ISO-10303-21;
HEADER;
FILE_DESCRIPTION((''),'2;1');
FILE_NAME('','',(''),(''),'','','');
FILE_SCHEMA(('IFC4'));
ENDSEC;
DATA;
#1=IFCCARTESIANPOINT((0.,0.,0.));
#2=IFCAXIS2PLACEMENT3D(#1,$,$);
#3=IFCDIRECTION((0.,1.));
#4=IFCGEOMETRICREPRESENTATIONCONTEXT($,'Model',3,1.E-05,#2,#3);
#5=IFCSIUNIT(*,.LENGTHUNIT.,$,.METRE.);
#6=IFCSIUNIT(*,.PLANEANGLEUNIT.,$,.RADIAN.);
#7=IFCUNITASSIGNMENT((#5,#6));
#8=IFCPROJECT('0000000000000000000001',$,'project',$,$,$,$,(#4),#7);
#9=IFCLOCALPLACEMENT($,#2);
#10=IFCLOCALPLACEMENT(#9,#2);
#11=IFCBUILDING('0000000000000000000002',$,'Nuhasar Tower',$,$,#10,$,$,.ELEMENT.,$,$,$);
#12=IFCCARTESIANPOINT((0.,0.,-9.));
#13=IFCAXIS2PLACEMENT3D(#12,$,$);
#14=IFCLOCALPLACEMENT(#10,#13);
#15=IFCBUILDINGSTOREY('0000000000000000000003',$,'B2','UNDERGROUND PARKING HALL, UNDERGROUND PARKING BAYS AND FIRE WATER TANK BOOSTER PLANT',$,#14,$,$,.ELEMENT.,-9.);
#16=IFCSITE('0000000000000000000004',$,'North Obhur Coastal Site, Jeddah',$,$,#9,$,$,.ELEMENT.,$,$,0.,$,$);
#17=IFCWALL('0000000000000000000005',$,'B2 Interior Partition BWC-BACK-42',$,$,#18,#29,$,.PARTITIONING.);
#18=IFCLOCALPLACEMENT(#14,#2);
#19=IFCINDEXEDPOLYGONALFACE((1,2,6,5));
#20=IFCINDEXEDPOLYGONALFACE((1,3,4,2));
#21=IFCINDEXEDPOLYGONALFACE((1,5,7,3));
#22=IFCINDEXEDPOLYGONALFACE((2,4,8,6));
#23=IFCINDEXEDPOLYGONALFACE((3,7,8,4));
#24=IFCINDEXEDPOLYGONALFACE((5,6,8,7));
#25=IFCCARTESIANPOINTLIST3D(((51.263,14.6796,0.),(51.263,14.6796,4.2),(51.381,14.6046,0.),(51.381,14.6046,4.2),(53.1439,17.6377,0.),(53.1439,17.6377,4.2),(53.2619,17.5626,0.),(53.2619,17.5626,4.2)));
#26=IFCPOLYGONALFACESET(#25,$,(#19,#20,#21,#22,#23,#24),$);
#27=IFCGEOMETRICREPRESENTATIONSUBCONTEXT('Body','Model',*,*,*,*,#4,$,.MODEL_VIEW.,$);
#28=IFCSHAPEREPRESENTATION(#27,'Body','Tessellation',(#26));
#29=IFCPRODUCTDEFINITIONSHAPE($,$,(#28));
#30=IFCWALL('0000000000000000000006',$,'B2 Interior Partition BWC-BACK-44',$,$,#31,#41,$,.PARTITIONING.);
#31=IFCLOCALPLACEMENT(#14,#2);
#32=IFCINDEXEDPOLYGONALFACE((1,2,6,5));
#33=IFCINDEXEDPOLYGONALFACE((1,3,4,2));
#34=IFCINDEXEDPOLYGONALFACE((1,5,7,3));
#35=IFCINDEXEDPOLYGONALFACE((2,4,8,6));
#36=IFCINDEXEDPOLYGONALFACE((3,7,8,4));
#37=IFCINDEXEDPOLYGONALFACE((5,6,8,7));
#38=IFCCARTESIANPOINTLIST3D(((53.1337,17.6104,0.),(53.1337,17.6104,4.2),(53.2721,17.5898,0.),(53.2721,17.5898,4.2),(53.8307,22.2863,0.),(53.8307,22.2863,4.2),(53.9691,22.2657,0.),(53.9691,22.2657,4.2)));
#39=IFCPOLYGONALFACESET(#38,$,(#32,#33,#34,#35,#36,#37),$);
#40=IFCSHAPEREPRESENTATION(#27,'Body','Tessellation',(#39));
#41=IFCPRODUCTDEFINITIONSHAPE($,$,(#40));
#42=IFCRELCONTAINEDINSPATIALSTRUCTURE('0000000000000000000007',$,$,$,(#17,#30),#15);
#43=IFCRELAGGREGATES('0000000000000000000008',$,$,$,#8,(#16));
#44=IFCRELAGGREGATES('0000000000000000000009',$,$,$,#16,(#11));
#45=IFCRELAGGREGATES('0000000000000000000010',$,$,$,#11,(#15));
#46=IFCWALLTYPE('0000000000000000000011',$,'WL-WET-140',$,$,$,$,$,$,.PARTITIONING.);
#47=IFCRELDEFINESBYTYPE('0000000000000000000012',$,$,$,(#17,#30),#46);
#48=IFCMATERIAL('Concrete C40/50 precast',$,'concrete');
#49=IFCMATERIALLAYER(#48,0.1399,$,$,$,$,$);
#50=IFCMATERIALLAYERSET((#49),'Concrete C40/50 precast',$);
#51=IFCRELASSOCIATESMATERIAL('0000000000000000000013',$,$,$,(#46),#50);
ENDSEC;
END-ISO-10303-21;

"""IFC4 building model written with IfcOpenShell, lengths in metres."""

from ifc_helpers import new_model, si_unit, direction, frame, frame_2d, origin, place, context, subcontext, project, spatial, rectangle, extrude, material, layer, layer_set, type_object, element, save


model = new_model("IFC4")

# Units and contexts
model_context = context("Model", 3, precision=1e-05, world=origin(), true_north=direction((0.0, 1.0)))
body_context = subcontext(model_context, "Body", "Model", "MODEL_VIEW")
ifc_project = project(units=[si_unit("LENGTHUNIT", "METRE"), si_unit("PLANEANGLEUNIT", "RADIAN")], contexts=[model_context])

# Site, building, storey
site_placement = place(None, origin())
site = spatial("IfcSite", under=ifc_project, at=site_placement, Name="North Obhur Coastal Site, Jeddah", CompositionType="ELEMENT", RefElevation=0.0)
building_placement = place(site_placement, origin())
building = spatial("IfcBuilding", under=site, at=building_placement, Name="Nuhasar Tower", CompositionType="ELEMENT")
storey_placement = place(building_placement, frame((0.0, 0.0, -9.0)))
storey = spatial("IfcBuildingStorey", under=building, at=storey_placement, Name="B2", Description="UNDERGROUND PARKING HALL, UNDERGROUND PARKING BAYS AND FIRE WATER TANK BOOSTER PLANT", CompositionType="ELEMENT", Elevation=-9.0)

# Walls
ifc_material_1 = material(Name="Concrete C40/50 precast", Category="concrete")
ifc_layer_1 = layer(ifc_material_1, 0.1399)
ifc_layer_set_1 = layer_set([ifc_layer_1], Name="Concrete C40/50 precast")
wall_type_1 = type_object("IfcWallType", Name="WL-WET-140", PredefinedType="PARTITIONING", material=ifc_layer_set_1)
wall_1_placement = place(storey_placement, frame((51.322, 14.6421, 0.0), z_axis=(0.0, 0.0, 1.0), x_axis=(0.536569, 0.843856, 0.0)))
element("IfcWall", 1, at=wall_1_placement, inside=storey, type_object=wall_type_1, Name="B2 Interior Partition BWC-BACK-42", PredefinedType="PARTITIONING", context=body_context, shape_type="SweptSolid", body=[
    extrude(rectangle(XDim=3.5054, YDim=0.1399, at=frame_2d((1.7527, 0.0))), origin(), (0.0, 0.0, 1.0), 4.2),
])
wall_2_placement = place(storey_placement, frame((53.2029, 17.6001, 0.0), z_axis=(0.0, 0.0, 1.0), x_axis=(0.147441, 0.989071, 0.0)))
element("IfcWall", 2, at=wall_2_placement, inside=storey, type_object=wall_type_1, Name="B2 Interior Partition BWC-BACK-44", PredefinedType="PARTITIONING", context=body_context, shape_type="SweptSolid", body=[
    extrude(rectangle(XDim=4.7275, YDim=0.1399, at=frame_2d((2.3638, 0.0))), origin(), (0.0, 0.0, 1.0), 4.2),
])

save(model, "model.ifc")
